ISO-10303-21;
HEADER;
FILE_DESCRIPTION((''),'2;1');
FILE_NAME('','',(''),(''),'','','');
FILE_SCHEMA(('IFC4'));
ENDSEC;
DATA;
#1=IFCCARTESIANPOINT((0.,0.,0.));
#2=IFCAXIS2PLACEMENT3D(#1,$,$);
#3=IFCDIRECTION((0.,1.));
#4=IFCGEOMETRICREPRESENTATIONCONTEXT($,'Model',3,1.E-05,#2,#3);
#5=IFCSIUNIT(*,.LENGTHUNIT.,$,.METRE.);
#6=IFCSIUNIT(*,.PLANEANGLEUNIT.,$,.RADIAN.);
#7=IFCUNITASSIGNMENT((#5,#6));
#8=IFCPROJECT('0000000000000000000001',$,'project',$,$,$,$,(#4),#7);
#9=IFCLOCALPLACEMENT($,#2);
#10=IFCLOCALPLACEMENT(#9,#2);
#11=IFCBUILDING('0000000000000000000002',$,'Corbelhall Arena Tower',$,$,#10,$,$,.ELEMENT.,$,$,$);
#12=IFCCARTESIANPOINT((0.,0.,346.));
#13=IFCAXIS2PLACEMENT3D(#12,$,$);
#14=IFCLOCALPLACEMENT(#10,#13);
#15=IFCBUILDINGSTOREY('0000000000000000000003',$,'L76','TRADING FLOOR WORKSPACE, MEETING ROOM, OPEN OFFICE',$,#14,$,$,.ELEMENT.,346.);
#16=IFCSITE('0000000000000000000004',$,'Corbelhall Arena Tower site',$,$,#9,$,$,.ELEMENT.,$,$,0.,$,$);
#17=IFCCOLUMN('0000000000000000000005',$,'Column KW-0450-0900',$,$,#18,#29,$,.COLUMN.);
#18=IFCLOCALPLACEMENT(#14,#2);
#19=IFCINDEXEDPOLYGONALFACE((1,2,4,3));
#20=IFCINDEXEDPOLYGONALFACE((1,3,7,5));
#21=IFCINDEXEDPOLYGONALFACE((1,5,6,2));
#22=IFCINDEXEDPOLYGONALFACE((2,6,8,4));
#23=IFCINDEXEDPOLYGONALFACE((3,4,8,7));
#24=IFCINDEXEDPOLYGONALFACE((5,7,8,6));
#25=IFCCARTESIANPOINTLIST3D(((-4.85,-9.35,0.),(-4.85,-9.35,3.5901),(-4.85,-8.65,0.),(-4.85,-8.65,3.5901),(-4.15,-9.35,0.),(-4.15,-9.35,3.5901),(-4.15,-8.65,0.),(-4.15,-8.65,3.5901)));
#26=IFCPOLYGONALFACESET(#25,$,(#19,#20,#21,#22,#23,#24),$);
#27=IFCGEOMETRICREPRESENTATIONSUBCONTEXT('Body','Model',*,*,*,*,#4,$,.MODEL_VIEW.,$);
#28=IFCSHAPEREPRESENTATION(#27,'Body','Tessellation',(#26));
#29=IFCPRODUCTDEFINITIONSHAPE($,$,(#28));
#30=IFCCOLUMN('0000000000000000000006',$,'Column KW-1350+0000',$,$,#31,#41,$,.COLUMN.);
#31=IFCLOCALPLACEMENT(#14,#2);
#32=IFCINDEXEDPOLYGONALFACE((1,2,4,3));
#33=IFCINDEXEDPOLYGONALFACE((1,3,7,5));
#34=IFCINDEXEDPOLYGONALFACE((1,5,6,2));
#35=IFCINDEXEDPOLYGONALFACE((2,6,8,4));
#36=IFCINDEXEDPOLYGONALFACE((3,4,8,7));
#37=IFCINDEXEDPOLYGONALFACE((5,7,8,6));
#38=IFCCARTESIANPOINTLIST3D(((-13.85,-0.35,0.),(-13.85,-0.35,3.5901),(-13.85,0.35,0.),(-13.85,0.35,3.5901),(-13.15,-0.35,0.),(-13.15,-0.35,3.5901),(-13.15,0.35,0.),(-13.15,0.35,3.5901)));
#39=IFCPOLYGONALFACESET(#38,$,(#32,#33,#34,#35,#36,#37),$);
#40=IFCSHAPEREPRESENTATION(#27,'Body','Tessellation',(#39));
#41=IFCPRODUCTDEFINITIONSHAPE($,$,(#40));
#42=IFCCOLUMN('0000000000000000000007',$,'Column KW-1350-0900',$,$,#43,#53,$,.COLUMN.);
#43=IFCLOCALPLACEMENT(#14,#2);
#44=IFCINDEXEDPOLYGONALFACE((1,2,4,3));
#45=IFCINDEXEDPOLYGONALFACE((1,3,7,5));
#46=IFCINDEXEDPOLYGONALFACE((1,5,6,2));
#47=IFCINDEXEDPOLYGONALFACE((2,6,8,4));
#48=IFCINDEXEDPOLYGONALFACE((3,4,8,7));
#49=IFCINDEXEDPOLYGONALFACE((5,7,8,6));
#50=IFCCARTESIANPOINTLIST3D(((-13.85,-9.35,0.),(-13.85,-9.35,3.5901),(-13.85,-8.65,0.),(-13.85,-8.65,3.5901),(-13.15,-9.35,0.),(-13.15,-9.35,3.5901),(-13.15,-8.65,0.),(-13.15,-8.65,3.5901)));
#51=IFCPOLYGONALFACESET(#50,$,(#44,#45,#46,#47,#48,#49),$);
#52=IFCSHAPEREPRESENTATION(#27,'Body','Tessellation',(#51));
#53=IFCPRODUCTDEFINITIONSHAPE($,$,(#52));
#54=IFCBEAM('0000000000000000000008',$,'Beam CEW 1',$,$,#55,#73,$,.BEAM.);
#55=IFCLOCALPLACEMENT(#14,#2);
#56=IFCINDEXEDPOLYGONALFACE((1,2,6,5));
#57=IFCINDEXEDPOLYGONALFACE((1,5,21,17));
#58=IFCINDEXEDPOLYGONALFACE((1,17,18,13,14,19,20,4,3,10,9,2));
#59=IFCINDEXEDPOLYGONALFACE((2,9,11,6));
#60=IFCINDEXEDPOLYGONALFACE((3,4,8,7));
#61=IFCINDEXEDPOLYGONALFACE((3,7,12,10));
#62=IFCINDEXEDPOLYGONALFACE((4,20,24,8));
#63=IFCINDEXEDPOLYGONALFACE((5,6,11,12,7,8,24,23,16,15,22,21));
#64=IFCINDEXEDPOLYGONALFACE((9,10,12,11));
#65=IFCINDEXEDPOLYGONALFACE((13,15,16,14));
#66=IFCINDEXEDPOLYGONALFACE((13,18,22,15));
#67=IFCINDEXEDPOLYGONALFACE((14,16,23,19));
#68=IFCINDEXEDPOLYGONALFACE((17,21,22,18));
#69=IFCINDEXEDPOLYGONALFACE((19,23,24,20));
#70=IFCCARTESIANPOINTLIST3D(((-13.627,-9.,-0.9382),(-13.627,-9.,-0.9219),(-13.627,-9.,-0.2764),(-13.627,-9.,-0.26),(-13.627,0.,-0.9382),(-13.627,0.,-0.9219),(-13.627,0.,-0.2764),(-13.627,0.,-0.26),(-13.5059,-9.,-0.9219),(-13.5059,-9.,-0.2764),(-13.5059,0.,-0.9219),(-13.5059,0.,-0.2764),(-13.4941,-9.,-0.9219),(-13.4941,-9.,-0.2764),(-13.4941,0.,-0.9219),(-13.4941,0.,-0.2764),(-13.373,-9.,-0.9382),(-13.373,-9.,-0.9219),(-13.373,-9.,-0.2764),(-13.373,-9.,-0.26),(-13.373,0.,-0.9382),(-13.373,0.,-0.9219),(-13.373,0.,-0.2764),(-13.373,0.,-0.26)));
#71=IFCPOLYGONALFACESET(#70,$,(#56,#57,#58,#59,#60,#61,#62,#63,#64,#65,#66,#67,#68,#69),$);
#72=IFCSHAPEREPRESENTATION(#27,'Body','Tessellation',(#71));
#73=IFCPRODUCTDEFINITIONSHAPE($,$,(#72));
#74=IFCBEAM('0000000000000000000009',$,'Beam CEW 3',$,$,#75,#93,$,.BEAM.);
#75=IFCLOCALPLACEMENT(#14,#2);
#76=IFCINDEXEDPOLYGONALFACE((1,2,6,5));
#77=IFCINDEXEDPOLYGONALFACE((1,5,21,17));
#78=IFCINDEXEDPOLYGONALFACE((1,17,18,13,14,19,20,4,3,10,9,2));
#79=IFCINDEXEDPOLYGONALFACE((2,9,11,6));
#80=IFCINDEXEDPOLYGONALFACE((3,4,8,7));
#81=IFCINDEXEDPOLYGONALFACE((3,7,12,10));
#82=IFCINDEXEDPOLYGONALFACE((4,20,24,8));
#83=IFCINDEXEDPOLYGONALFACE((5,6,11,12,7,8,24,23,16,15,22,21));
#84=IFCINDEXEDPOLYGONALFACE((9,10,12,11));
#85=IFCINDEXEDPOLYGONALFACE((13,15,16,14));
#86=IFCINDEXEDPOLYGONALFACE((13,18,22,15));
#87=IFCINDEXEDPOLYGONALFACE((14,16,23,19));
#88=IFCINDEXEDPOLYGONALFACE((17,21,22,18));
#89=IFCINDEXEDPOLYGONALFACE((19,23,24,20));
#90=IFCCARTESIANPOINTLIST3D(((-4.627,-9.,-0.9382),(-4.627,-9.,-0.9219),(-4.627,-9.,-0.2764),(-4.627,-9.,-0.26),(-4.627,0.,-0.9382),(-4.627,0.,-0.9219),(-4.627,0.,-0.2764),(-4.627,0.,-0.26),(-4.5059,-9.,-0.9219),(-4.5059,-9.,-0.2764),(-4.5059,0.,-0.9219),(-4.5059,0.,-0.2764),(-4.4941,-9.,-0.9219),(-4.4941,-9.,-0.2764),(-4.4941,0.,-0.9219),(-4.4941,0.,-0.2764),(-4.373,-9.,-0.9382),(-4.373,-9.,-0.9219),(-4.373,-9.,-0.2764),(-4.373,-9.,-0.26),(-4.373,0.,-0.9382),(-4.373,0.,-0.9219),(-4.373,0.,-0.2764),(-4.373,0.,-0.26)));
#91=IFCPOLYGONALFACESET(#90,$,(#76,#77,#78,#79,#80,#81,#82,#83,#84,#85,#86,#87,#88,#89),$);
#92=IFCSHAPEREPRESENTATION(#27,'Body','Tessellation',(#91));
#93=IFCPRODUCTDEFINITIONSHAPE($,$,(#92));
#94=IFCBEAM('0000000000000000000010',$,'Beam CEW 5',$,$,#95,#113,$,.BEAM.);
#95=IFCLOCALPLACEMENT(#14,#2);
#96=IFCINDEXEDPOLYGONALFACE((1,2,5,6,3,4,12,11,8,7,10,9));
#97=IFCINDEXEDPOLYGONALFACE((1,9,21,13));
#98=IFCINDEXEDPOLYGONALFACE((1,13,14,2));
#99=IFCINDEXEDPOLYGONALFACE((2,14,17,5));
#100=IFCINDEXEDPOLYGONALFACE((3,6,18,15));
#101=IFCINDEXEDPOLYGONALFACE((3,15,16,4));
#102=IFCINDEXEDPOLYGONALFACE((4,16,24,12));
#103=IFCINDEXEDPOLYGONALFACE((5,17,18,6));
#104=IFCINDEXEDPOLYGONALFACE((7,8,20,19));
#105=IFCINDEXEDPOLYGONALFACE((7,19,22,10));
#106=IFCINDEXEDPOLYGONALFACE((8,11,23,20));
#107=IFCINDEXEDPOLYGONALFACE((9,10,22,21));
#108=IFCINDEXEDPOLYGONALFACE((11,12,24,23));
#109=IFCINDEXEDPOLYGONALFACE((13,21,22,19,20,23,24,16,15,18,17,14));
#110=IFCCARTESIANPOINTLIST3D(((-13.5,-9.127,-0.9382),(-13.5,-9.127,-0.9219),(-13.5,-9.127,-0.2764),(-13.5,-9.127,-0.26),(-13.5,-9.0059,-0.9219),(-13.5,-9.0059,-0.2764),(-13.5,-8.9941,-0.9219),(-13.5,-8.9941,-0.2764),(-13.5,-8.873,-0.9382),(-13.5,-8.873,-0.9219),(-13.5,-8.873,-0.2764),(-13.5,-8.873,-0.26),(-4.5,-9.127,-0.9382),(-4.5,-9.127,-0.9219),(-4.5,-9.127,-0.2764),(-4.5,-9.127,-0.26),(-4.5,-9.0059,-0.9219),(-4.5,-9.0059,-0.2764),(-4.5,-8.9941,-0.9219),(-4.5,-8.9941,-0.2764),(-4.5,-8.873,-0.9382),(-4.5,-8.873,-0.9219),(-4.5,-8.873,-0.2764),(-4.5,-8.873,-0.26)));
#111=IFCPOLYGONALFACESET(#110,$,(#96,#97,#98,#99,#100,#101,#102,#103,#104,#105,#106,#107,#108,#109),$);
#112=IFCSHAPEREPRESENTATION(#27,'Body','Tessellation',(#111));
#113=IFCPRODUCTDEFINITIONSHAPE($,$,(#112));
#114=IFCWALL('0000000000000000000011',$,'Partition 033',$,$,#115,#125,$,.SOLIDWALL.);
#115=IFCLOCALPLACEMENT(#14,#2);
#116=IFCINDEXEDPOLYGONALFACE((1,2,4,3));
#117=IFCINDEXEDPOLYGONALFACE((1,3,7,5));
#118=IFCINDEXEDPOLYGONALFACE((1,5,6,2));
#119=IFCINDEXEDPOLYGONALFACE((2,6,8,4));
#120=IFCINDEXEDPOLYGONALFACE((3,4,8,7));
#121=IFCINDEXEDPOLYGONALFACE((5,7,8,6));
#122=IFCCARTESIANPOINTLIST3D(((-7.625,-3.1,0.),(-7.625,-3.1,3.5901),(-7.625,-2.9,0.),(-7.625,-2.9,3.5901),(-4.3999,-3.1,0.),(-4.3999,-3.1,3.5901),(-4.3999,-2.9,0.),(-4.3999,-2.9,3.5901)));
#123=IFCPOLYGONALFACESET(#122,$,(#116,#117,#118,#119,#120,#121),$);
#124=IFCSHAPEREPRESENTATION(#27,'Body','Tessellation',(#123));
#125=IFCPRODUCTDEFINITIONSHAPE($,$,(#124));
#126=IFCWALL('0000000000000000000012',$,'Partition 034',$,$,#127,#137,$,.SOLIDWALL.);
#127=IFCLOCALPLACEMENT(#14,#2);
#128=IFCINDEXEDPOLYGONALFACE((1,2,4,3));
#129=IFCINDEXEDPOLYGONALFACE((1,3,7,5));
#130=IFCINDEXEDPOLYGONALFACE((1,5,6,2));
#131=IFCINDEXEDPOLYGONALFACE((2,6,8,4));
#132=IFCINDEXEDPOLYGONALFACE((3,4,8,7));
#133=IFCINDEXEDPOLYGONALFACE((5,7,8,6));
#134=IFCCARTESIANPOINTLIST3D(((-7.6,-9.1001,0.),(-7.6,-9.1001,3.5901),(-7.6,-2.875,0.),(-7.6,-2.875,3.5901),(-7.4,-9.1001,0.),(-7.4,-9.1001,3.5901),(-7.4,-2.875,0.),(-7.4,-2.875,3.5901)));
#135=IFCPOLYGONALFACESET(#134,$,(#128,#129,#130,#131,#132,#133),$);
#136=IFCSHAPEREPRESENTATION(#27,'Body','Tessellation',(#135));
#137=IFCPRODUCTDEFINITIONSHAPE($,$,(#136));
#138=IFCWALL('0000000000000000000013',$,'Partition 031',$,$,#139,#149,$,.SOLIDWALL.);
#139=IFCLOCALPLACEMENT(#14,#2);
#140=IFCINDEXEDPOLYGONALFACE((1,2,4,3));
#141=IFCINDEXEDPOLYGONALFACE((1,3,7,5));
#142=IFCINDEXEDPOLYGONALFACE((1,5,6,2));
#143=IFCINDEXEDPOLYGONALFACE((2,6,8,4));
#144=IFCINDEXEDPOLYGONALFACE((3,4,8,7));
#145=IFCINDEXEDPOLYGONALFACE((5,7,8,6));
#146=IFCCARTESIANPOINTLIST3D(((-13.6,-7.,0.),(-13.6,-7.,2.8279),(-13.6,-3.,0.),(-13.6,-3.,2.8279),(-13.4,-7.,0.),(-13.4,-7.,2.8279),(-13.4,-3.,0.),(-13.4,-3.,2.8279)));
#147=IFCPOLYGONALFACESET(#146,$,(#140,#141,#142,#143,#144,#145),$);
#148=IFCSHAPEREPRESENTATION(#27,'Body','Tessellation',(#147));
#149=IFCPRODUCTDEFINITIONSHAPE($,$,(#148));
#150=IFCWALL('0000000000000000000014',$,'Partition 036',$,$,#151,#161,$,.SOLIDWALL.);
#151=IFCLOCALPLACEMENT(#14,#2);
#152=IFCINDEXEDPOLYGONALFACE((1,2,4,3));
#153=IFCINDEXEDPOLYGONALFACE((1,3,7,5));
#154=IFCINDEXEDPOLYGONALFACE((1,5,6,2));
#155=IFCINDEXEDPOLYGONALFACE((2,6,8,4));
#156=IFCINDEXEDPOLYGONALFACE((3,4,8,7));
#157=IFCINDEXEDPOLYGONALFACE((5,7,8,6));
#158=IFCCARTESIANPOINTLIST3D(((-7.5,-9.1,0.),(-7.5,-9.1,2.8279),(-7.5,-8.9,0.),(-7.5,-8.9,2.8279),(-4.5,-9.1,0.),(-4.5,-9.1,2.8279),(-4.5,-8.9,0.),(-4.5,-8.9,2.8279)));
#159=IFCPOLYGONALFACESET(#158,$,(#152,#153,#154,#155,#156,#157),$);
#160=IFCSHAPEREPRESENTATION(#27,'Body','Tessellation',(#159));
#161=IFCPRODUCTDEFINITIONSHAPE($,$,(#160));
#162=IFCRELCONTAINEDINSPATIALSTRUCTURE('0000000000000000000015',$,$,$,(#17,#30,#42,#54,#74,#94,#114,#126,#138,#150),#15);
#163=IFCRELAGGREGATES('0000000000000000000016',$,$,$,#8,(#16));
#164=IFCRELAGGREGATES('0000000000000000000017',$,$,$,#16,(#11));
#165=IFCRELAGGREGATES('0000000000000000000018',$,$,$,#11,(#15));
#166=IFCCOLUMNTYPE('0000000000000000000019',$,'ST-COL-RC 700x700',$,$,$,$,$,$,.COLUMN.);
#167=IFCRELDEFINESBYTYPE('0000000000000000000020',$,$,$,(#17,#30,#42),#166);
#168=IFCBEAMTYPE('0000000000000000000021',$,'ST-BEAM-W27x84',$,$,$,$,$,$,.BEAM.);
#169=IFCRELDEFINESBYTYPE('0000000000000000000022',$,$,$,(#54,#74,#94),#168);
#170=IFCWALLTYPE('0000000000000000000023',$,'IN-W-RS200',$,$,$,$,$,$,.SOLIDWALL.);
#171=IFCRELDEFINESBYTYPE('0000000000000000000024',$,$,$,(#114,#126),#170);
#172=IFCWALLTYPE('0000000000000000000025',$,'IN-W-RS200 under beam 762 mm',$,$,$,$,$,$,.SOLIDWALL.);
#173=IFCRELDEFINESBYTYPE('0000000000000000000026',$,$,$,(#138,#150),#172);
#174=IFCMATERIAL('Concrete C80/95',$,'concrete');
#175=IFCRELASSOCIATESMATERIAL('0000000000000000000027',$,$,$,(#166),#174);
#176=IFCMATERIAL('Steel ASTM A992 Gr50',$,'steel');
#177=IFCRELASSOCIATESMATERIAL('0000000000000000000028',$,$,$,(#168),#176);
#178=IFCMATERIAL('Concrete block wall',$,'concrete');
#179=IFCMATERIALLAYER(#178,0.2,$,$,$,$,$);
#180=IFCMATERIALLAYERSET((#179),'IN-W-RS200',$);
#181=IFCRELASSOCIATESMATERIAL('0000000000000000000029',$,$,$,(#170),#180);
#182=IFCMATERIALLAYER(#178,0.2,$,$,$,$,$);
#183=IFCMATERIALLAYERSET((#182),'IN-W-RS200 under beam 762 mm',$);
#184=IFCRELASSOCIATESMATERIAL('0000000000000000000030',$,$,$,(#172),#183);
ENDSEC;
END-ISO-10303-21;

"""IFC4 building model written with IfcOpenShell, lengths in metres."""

from ifc_helpers import new_model, si_unit, direction, frame, frame_2d, origin, origin_2d, place, context, subcontext, project, spatial, rectangle, i_section, extrude, material, layer, layer_set, material_profile, profile_set, type_object, element, save


model = new_model("IFC4")

# Units and contexts
model_context = context("Model", 3, precision=1e-05, world=origin(), true_north=direction((0.0, 1.0)))
body_context = subcontext(model_context, "Body", "Model", "MODEL_VIEW")
ifc_project = project(units=[si_unit("LENGTHUNIT", "METRE"), si_unit("PLANEANGLEUNIT", "RADIAN")], contexts=[model_context])

# Site, building, storey
site_placement = place(None, origin())
site = spatial("IfcSite", under=ifc_project, at=site_placement, Name="Corbelhall Arena Tower site", CompositionType="ELEMENT", RefElevation=0.0)
building_placement = place(site_placement, origin())
building = spatial("IfcBuilding", under=site, at=building_placement, Name="Corbelhall Arena Tower", CompositionType="ELEMENT")
storey_placement = place(building_placement, frame((0.0, 0.0, 346.0)))
storey = spatial("IfcBuildingStorey", under=building, at=storey_placement, Name="L76", Description="TRADING FLOOR WORKSPACE, MEETING ROOM, OPEN OFFICE", CompositionType="ELEMENT", Elevation=346.0)

# Columns
ifc_material_1 = material(Name="Concrete C80/95", Category="concrete")
ifc_material_profile_1 = material_profile(ifc_material_1, rectangle(XDim=0.7, YDim=0.7, at=origin_2d()))
ifc_profile_set_1 = profile_set([ifc_material_profile_1], Name="Concrete C80/95")
column_type = type_object("IfcColumnType", Name="ST-COL-RC 700x700", PredefinedType="COLUMN", material=ifc_profile_set_1)
for number, where, z_axis, x_axis, name in (
    (1, (-4.5, -9.0, 0.0), (0.0, 0.0, 1.0), (1.0, 0.0, 0.0), "Column KW-0450-0900"),
    (2, (-13.5, 0.0, 0.0), (0.0, 0.0, 1.0), (1.0, 0.0, 0.0), "Column KW-1350+0000"),
    (3, (-13.5, -9.0, 0.0), (0.0, 0.0, 1.0), (1.0, 0.0, 0.0), "Column KW-1350-0900"),
):
    element("IfcColumn", number, at=place(storey_placement, frame(where, z_axis=z_axis, x_axis=x_axis)), inside=storey, type_object=column_type, Name=name, PredefinedType="COLUMN", context=body_context, shape_type="SweptSolid", body=[
        extrude(rectangle(XDim=0.7, YDim=0.7, at=origin_2d()), origin(), (0.0, 0.0, 1.0), 3.5901),
    ])

# Beams
ifc_material_2 = material(Name="Steel ASTM A992 Gr50", Category="steel")
ifc_material_profile_2 = material_profile(ifc_material_2, i_section(OverallWidth=0.2539, OverallDepth=0.6782, WebThickness=0.0117, FlangeThickness=0.0164, at=origin_2d()))
ifc_profile_set_2 = profile_set([ifc_material_profile_2], Name="Steel ASTM A992 Gr50")
beam_type = type_object("IfcBeamType", Name="ST-BEAM-W27x84", PredefinedType="BEAM", material=ifc_profile_set_2)
for number, where, z_axis, x_axis, name in (
    (4, (-13.5, -9.0, -0.5991), (0.0, 1.0, 0.0), (-1.0, 0.0, 0.0), "Beam CEW 1"),
    (5, (-4.5, -9.0, -0.5991), (0.0, 1.0, 0.0), (-1.0, 0.0, 0.0), "Beam CEW 3"),
    (6, (-13.5, -9.0, -0.5991), (1.0, 0.0, 0.0), (0.0, 1.0, 0.0), "Beam CEW 5"),
):
    element("IfcBeam", number, at=place(storey_placement, frame(where, z_axis=z_axis, x_axis=x_axis)), inside=storey, type_object=beam_type, Name=name, PredefinedType="BEAM", context=body_context, shape_type="SweptSolid", body=[
        extrude(i_section(OverallWidth=0.2539, OverallDepth=0.6782, WebThickness=0.0117, FlangeThickness=0.0164, at=origin_2d()), origin(), (0.0, 0.0, 1.0), 9.0),
    ])

# Shared definitions
ifc_material_3 = material(Name="Concrete block wall", Category="concrete")
ifc_layer_1 = layer(ifc_material_3, 0.2)
ifc_layer_set_1 = layer_set([ifc_layer_1], Name="IN-W-RS200")
wall_type_1 = type_object("IfcWallType", Name="IN-W-RS200", PredefinedType="SOLIDWALL", material=ifc_layer_set_1)

# Walls
wall_1_placement = place(storey_placement, frame((-7.625, -3.0, 0.0), z_axis=(0.0, 0.0, 1.0), x_axis=(1.0, 0.0, 0.0)))
element("IfcWall", 7, at=wall_1_placement, inside=storey, type_object=wall_type_1, Name="Partition 033", PredefinedType="SOLIDWALL", context=body_context, shape_type="SweptSolid", body=[
    extrude(rectangle(XDim=3.2251, YDim=0.2, at=frame_2d((1.6125, 0.0))), origin(), (0.0, 0.0, 1.0), 3.5901),
])
wall_2_placement = place(storey_placement, frame((-7.5, -9.1001, 0.0), z_axis=(0.0, 0.0, 1.0), x_axis=(0.0, 1.0, 0.0)))
element("IfcWall", 8, at=wall_2_placement, inside=storey, type_object=wall_type_1, Name="Partition 034", PredefinedType="SOLIDWALL", context=body_context, shape_type="SweptSolid", body=[
    extrude(rectangle(XDim=6.2251, YDim=0.2, at=frame_2d((3.1125, 0.0))), origin(), (0.0, 0.0, 1.0), 3.5901),
])
ifc_layer_2 = layer(ifc_material_3, 0.2)
ifc_layer_set_2 = layer_set([ifc_layer_2], Name="IN-W-RS200 under beam 762 mm")
wall_type_2 = type_object("IfcWallType", Name="IN-W-RS200 under beam 762 mm", PredefinedType="SOLIDWALL", material=ifc_layer_set_2)
wall_3_placement = place(storey_placement, frame((-13.5, -7.0, 0.0), z_axis=(0.0, 0.0, 1.0), x_axis=(0.0, 1.0, 0.0)))
element("IfcWall", 9, at=wall_3_placement, inside=storey, type_object=wall_type_2, Name="Partition 031", PredefinedType="SOLIDWALL", context=body_context, shape_type="SweptSolid", body=[
    extrude(rectangle(XDim=4.0, YDim=0.2, at=frame_2d((2.0, 0.0))), origin(), (0.0, 0.0, 1.0), 2.8279),
])
wall_4_placement = place(storey_placement, frame((-4.5, -9.0, 0.0), z_axis=(0.0, 0.0, 1.0), x_axis=(-1.0, 0.0, 0.0)))
element("IfcWall", 10, at=wall_4_placement, inside=storey, type_object=wall_type_2, Name="Partition 036", PredefinedType="SOLIDWALL", context=body_context, shape_type="SweptSolid", body=[
    extrude(rectangle(XDim=3.0, YDim=0.2, at=frame_2d((1.5, 0.0))), origin(), (0.0, 0.0, 1.0), 2.8279),
])

save(model, "model.ifc")
